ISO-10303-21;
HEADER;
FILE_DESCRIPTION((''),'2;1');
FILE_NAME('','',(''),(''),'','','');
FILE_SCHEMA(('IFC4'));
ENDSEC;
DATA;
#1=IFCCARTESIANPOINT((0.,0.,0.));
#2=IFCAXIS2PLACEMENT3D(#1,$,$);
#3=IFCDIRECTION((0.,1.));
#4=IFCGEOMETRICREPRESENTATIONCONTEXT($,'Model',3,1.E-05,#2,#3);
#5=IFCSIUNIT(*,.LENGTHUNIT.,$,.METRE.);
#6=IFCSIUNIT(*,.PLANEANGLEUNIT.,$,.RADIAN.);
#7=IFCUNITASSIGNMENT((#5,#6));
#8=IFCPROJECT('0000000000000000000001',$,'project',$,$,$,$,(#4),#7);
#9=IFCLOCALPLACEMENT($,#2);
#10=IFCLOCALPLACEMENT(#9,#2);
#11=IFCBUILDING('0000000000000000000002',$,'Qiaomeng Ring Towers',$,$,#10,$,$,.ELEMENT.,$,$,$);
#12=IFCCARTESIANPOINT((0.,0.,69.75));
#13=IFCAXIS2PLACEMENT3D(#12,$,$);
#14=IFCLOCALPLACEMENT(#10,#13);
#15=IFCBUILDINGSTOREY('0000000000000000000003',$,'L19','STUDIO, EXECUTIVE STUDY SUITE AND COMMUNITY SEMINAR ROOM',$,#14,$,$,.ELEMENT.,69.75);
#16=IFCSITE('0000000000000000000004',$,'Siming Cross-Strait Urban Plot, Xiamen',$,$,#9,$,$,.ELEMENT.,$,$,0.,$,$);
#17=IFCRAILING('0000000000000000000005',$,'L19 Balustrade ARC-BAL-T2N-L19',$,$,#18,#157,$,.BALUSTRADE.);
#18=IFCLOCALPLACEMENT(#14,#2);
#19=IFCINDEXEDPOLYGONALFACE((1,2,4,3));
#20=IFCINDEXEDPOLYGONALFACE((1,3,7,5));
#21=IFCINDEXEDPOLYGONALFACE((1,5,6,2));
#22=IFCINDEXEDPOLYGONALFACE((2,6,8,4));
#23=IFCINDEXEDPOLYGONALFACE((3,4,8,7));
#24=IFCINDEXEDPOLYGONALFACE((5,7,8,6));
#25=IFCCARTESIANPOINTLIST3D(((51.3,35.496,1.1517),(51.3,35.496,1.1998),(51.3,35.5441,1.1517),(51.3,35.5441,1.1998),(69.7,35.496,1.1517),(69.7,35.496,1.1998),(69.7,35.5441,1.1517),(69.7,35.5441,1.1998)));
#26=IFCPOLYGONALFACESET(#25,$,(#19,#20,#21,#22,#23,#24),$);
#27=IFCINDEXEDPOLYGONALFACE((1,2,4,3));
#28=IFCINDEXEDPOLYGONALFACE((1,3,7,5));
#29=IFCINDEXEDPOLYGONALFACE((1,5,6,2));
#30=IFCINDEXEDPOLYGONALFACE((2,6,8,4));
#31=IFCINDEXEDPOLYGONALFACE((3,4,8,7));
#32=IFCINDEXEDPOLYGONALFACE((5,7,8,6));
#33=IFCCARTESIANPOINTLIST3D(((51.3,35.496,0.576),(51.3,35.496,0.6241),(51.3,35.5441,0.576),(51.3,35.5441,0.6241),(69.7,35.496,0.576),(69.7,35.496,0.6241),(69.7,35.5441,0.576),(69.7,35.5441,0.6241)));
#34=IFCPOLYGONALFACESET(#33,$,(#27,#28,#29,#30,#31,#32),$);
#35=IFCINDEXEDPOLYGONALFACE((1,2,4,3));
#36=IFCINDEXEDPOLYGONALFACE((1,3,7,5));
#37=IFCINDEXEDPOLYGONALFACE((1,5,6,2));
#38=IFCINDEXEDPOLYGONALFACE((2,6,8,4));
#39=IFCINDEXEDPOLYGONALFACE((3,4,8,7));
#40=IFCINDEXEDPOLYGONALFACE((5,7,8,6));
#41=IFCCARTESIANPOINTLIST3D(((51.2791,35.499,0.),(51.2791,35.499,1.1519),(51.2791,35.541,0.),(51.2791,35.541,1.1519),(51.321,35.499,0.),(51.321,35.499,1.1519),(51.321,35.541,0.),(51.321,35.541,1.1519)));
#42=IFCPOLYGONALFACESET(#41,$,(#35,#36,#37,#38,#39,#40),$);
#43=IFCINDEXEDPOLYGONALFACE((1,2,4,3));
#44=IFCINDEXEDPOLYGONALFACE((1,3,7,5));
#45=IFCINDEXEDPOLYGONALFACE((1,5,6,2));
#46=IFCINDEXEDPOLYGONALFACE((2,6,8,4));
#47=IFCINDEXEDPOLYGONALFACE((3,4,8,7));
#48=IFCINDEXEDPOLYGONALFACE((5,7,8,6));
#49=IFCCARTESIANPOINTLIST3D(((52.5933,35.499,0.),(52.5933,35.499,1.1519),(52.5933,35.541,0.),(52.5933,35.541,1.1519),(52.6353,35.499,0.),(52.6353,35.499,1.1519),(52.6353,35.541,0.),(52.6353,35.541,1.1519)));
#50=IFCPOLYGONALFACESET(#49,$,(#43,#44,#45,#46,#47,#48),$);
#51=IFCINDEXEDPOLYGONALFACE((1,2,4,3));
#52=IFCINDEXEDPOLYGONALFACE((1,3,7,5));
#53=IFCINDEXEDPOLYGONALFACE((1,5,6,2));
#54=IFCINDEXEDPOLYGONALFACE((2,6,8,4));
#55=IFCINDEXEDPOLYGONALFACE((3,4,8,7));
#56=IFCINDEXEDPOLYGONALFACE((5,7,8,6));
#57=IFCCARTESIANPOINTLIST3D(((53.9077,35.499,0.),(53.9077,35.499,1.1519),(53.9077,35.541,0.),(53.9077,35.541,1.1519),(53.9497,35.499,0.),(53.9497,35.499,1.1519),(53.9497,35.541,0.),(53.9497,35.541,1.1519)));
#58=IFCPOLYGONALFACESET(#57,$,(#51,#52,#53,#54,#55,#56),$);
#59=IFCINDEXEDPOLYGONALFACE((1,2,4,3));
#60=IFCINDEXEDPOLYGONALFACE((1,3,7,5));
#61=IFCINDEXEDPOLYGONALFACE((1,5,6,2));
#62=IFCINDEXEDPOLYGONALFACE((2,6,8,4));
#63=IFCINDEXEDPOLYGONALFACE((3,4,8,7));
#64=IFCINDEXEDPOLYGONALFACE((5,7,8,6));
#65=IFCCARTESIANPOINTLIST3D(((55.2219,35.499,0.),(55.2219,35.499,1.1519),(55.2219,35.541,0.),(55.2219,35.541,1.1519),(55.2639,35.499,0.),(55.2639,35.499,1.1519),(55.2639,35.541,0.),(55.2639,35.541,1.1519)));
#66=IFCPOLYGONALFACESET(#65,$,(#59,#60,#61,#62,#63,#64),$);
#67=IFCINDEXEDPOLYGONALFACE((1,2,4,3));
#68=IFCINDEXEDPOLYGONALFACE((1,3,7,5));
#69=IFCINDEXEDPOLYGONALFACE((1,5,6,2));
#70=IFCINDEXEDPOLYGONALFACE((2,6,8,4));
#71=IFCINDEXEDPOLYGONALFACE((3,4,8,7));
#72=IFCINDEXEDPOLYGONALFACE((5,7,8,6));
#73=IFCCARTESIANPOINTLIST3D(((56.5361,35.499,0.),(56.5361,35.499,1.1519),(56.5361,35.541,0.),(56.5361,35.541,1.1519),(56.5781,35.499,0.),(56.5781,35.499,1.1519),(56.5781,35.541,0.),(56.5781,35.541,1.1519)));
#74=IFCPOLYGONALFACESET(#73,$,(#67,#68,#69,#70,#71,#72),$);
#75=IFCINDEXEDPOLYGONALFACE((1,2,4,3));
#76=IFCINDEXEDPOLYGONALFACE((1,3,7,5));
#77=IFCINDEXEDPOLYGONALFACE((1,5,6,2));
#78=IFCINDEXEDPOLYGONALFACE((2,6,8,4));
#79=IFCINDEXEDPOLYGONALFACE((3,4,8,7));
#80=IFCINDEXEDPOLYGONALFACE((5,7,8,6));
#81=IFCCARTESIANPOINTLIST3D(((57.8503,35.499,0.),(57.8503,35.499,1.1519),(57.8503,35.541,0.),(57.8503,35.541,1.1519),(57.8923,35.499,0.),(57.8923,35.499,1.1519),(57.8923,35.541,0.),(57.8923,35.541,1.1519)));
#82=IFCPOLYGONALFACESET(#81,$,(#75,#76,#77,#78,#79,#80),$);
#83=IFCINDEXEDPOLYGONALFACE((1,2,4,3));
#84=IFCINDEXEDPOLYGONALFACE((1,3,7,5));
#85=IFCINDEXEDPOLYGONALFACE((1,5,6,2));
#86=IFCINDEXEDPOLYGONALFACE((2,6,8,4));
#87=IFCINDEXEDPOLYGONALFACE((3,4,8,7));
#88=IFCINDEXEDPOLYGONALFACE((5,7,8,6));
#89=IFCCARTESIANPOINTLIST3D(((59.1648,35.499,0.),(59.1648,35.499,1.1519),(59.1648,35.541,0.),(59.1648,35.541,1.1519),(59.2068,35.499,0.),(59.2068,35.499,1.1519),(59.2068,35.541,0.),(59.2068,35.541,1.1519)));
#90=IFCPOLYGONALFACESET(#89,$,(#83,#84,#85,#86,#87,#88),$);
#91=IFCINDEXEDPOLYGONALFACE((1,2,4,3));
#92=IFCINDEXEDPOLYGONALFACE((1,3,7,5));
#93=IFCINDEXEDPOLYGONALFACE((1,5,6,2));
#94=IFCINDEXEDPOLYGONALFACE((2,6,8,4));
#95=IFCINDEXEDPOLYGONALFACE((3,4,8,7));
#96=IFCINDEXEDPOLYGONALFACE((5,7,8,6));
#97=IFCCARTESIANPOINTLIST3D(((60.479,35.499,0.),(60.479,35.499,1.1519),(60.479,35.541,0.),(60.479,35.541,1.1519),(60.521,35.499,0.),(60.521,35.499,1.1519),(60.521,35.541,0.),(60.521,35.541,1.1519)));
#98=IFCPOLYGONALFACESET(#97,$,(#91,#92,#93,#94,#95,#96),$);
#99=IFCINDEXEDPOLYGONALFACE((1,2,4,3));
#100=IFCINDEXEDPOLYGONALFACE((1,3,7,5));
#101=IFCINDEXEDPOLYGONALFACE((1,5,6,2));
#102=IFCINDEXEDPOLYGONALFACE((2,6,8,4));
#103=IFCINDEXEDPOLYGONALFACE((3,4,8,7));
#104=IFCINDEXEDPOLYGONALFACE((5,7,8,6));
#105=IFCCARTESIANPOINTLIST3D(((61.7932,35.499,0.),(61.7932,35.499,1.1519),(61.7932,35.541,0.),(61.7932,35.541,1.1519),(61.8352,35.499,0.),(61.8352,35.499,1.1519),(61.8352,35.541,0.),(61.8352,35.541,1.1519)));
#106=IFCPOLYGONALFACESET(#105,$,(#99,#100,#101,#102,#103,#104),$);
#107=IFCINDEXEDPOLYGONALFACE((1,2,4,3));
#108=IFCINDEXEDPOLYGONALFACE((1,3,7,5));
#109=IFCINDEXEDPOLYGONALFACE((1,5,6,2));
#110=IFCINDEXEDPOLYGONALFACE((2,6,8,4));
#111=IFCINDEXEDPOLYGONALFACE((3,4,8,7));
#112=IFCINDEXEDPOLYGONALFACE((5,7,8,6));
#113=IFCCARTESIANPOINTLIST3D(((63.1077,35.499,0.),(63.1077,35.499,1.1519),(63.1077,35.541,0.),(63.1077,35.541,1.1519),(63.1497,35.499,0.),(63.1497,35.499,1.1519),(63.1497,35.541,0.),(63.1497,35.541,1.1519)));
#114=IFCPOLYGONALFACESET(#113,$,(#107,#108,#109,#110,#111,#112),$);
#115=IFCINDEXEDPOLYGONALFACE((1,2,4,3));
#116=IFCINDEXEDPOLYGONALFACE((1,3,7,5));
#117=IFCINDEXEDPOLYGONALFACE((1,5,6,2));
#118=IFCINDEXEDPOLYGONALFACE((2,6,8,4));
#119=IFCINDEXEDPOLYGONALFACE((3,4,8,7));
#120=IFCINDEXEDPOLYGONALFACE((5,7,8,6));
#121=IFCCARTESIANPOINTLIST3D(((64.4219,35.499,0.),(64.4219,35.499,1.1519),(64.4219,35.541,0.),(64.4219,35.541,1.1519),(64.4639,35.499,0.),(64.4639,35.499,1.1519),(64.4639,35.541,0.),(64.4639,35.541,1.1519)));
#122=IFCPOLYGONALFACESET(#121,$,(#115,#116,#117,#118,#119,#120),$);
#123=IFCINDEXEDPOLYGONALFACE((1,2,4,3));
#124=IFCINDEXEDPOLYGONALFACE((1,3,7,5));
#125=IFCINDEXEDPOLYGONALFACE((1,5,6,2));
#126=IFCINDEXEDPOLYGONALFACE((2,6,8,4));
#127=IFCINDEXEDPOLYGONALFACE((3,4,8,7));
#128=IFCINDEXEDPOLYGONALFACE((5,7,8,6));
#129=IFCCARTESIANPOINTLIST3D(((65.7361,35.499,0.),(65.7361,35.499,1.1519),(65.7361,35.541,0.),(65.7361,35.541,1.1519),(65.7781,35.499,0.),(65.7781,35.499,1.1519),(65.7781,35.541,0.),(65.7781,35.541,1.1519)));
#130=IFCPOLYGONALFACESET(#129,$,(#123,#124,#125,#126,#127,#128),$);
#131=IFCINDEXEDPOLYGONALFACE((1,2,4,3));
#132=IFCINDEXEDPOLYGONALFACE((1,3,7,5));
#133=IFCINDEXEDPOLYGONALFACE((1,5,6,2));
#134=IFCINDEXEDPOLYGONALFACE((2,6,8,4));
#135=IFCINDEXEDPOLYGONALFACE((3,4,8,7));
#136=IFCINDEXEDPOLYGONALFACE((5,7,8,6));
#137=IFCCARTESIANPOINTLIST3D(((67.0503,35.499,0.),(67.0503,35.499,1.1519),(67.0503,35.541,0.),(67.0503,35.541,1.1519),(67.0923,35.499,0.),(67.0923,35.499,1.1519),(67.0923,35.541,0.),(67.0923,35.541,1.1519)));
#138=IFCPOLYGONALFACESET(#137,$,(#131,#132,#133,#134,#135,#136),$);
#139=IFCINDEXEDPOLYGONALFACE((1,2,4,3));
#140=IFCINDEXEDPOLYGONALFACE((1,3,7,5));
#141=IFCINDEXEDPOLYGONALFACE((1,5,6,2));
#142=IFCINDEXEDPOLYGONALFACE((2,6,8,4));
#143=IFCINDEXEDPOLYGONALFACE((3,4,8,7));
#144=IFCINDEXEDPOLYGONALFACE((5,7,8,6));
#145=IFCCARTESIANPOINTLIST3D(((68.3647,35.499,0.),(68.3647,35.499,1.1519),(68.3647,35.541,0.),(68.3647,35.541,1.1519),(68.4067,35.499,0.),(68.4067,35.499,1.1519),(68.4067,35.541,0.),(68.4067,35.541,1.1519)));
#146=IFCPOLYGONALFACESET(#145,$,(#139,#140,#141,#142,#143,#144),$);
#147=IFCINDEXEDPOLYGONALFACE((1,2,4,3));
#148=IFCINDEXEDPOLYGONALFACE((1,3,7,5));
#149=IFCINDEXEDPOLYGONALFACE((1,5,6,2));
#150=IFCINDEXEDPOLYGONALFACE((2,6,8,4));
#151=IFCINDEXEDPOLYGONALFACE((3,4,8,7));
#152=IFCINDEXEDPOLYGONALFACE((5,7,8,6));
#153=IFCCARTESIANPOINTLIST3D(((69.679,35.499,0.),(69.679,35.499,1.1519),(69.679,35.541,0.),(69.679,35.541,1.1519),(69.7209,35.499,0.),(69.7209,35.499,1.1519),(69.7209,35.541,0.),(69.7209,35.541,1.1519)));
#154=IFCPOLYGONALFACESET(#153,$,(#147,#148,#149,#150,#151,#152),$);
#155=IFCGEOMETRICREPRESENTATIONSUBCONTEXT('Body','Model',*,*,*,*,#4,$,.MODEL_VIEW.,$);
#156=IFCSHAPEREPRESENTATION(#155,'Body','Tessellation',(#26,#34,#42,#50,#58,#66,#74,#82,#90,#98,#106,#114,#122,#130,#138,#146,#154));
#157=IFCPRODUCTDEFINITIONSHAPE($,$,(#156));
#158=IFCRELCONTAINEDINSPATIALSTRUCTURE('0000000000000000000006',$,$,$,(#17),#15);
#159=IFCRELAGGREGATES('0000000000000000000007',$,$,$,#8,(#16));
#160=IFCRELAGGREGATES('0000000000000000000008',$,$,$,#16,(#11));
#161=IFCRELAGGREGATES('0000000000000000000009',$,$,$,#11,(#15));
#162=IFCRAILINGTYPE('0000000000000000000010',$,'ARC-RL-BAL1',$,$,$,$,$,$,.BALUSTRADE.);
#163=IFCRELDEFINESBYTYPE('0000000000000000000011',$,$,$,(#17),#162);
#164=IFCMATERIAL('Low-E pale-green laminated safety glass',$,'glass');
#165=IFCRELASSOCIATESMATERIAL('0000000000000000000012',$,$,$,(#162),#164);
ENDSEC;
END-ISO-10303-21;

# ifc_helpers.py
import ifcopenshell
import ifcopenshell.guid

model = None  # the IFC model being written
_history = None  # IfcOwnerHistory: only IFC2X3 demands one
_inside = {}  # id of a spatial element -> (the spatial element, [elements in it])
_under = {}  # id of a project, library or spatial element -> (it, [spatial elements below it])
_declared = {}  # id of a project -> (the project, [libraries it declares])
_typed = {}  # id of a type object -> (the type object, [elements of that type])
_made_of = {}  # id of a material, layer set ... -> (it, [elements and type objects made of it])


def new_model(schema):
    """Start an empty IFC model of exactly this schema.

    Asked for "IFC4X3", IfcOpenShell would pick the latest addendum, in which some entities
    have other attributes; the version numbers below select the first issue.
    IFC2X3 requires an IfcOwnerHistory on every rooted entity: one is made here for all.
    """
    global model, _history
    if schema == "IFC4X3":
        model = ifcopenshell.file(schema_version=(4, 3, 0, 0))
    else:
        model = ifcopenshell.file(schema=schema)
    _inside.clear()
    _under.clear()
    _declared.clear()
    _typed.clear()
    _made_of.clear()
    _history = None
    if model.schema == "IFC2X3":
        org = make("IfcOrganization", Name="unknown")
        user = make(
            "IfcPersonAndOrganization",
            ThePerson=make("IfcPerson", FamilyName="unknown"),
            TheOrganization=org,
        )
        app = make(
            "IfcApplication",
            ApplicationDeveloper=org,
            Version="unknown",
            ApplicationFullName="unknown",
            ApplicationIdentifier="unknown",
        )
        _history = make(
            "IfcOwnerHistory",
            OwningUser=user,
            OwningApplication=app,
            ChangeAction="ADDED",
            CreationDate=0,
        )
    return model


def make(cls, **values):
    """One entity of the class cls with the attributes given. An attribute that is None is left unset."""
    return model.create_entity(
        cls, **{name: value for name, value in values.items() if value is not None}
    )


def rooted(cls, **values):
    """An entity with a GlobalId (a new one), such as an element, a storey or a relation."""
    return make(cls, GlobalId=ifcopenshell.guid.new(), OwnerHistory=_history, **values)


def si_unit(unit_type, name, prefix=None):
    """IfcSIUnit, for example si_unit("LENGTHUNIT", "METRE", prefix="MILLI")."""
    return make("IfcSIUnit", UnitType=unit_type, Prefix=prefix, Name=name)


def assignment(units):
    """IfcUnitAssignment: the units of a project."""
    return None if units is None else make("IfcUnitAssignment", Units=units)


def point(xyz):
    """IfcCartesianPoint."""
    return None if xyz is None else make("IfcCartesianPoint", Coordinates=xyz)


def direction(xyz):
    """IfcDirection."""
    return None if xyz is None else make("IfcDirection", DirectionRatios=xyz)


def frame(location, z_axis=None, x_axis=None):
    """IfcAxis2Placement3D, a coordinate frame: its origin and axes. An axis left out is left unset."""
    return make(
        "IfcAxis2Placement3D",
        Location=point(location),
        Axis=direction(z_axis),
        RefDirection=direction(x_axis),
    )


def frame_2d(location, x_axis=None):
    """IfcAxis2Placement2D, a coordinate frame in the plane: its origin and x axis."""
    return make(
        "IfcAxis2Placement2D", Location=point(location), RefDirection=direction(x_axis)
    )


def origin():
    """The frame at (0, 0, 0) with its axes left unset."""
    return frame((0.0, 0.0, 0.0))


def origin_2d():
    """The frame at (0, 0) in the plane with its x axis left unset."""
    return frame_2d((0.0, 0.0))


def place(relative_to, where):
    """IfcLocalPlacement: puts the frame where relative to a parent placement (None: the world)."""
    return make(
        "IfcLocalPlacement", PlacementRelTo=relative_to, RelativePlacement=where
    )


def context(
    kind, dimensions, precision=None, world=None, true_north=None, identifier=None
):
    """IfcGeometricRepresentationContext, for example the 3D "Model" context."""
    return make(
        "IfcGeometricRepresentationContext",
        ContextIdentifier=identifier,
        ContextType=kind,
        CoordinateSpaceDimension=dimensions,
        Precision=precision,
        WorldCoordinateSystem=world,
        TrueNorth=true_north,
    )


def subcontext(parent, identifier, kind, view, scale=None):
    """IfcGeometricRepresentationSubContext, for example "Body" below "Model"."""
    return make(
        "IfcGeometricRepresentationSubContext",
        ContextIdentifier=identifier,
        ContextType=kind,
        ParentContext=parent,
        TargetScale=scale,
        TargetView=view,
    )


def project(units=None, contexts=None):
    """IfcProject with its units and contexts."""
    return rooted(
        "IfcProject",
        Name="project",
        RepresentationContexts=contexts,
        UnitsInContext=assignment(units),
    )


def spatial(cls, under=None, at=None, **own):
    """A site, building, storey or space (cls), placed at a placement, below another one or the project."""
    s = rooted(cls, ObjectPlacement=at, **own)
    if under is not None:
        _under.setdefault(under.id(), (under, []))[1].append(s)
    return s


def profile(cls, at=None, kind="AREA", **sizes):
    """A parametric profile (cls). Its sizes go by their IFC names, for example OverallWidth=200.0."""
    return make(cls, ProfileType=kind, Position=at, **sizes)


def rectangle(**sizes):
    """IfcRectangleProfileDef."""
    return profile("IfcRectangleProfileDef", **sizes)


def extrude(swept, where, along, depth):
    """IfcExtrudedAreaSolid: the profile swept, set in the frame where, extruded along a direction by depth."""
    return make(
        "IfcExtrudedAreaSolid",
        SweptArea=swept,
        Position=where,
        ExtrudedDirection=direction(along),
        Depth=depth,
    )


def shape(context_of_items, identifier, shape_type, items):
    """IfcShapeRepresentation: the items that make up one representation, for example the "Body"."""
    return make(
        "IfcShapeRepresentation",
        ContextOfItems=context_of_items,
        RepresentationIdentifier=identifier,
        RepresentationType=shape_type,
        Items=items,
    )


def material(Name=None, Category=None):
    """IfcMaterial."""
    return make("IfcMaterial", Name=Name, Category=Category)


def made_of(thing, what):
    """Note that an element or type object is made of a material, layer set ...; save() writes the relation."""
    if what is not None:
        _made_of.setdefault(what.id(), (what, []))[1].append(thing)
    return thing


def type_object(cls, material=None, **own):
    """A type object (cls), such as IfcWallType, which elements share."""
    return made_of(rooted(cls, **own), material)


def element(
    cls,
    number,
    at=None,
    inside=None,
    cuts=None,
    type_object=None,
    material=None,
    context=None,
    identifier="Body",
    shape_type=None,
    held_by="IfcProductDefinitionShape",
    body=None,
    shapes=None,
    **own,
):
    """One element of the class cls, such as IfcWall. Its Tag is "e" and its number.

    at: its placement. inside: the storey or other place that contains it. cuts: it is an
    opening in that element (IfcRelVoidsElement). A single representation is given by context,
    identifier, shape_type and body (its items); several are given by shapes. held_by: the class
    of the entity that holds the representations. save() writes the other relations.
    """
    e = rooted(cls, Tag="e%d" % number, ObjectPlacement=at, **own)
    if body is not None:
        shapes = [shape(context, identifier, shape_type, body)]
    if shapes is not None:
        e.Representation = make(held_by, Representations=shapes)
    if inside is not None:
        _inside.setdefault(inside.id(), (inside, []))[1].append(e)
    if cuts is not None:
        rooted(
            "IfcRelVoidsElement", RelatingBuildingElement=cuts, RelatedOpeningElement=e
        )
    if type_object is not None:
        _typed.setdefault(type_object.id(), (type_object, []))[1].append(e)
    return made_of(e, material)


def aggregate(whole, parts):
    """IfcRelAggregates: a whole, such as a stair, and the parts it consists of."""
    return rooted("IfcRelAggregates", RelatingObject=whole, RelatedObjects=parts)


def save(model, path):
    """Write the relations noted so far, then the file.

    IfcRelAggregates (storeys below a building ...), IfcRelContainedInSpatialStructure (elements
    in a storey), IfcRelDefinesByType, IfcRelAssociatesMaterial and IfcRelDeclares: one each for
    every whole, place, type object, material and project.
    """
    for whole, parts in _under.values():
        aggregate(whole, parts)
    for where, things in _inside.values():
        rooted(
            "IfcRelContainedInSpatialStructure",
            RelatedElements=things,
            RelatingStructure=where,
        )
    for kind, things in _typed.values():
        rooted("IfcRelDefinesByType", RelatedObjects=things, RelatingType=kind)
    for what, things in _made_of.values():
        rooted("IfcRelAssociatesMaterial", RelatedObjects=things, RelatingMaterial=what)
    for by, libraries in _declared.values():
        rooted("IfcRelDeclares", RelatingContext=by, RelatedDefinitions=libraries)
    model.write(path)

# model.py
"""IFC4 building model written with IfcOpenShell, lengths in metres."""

from ifc_helpers import new_model, si_unit, direction, frame, origin, origin_2d, place, context, subcontext, project, spatial, rectangle, extrude, material, type_object, element, save


model = new_model("IFC4")

# Units and contexts
model_context = context("Model", 3, precision=1e-05, world=origin(), true_north=direction((0.0, 1.0)))
body_context = subcontext(model_context, "Body", "Model", "MODEL_VIEW")
ifc_project = project(units=[si_unit("LENGTHUNIT", "METRE"), si_unit("PLANEANGLEUNIT", "RADIAN")], contexts=[model_context])

# Site, building, storey
site_placement = place(None, origin())
site = spatial("IfcSite", under=ifc_project, at=site_placement, Name="Siming Cross-Strait Urban Plot, Xiamen", CompositionType="ELEMENT", RefElevation=0.0)
building_placement = place(site_placement, origin())
building = spatial("IfcBuilding", under=site, at=building_placement, Name="Qiaomeng Ring Towers", CompositionType="ELEMENT")
storey_placement = place(building_placement, frame((0.0, 0.0, 69.75)))
storey = spatial("IfcBuildingStorey", under=building, at=storey_placement, Name="L19", Description="STUDIO, EXECUTIVE STUDY SUITE AND COMMUNITY SEMINAR ROOM", CompositionType="ELEMENT", Elevation=69.75)

# Railing
ifc_material_1 = material(Name="Low-E pale-green laminated safety glass", Category="glass")
railing_type = type_object("IfcRailingType", Name="ARC-RL-BAL1", PredefinedType="BALUSTRADE", material=ifc_material_1)
railing_1_placement = place(storey_placement, frame((51.3, 35.52, 0.0)))
element("IfcRailing", 1, at=railing_1_placement, inside=storey, type_object=railing_type, Name="L19 Balustrade ARC-BAL-T2N-L19", PredefinedType="BALUSTRADE", context=body_context, shape_type="SweptSolid", body=[
    extrude(rectangle(XDim=0.0481, YDim=0.0481, at=origin_2d()), frame((0.0, 0.0, 1.1758), z_axis=(1.0, 0.0, 0.0), x_axis=(0.0, 1.0, 0.0)), (0.0, 0.0, 1.0), 18.3999),
    extrude(rectangle(XDim=0.0481, YDim=0.0481, at=origin_2d()), frame((0.0, 0.0, 0.6001), z_axis=(1.0, 0.0, 0.0), x_axis=(0.0, 1.0, 0.0)), (0.0, 0.0, 1.0), 18.3999),
    extrude(rectangle(XDim=0.042, YDim=0.042, at=origin_2d()), origin(), (0.0, 0.0, 1.0), 1.1519),
    extrude(rectangle(XDim=0.042, YDim=0.042, at=origin_2d()), frame((1.3142, 0.0, 0.0)), (0.0, 0.0, 1.0), 1.1519),
    extrude(rectangle(XDim=0.042, YDim=0.042, at=origin_2d()), frame((2.6287, 0.0, 0.0)), (0.0, 0.0, 1.0), 1.1519),
    extrude(rectangle(XDim=0.042, YDim=0.042, at=origin_2d()), frame((3.9429, 0.0, 0.0)), (0.0, 0.0, 1.0), 1.1519),
    extrude(rectangle(XDim=0.042, YDim=0.042, at=origin_2d()), frame((5.2571, 0.0, 0.0)), (0.0, 0.0, 1.0), 1.1519),
    extrude(rectangle(XDim=0.042, YDim=0.042, at=origin_2d()), frame((6.5713, 0.0, 0.0)), (0.0, 0.0, 1.0), 1.1519),
    extrude(rectangle(XDim=0.042, YDim=0.042, at=origin_2d()), frame((7.8857, 0.0, 0.0)), (0.0, 0.0, 1.0), 1.1519),
    extrude(rectangle(XDim=0.042, YDim=0.042, at=origin_2d()), frame((9.2, 0.0, 0.0)), (0.0, 0.0, 1.0), 1.1519),
    extrude(rectangle(XDim=0.042, YDim=0.042, at=origin_2d()), frame((10.5142, 0.0, 0.0)), (0.0, 0.0, 1.0), 1.1519),
    extrude(rectangle(XDim=0.042, YDim=0.042, at=origin_2d()), frame((11.8286, 0.0, 0.0)), (0.0, 0.0, 1.0), 1.1519),
    extrude(rectangle(XDim=0.042, YDim=0.042, at=origin_2d()), frame((13.1428, 0.0, 0.0)), (0.0, 0.0, 1.0), 1.1519),
    extrude(rectangle(XDim=0.042, YDim=0.042, at=origin_2d()), frame((14.457, 0.0, 0.0)), (0.0, 0.0, 1.0), 1.1519),
    extrude(rectangle(XDim=0.042, YDim=0.042, at=origin_2d()), frame((15.7712, 0.0, 0.0)), (0.0, 0.0, 1.0), 1.1519),
    extrude(rectangle(XDim=0.042, YDim=0.042, at=origin_2d()), frame((17.0857, 0.0, 0.0)), (0.0, 0.0, 1.0), 1.1519),
    extrude(rectangle(XDim=0.042, YDim=0.042, at=origin_2d()), frame((18.3999, 0.0, 0.0)), (0.0, 0.0, 1.0), 1.1519),
])

save(model, "model.ifc")
